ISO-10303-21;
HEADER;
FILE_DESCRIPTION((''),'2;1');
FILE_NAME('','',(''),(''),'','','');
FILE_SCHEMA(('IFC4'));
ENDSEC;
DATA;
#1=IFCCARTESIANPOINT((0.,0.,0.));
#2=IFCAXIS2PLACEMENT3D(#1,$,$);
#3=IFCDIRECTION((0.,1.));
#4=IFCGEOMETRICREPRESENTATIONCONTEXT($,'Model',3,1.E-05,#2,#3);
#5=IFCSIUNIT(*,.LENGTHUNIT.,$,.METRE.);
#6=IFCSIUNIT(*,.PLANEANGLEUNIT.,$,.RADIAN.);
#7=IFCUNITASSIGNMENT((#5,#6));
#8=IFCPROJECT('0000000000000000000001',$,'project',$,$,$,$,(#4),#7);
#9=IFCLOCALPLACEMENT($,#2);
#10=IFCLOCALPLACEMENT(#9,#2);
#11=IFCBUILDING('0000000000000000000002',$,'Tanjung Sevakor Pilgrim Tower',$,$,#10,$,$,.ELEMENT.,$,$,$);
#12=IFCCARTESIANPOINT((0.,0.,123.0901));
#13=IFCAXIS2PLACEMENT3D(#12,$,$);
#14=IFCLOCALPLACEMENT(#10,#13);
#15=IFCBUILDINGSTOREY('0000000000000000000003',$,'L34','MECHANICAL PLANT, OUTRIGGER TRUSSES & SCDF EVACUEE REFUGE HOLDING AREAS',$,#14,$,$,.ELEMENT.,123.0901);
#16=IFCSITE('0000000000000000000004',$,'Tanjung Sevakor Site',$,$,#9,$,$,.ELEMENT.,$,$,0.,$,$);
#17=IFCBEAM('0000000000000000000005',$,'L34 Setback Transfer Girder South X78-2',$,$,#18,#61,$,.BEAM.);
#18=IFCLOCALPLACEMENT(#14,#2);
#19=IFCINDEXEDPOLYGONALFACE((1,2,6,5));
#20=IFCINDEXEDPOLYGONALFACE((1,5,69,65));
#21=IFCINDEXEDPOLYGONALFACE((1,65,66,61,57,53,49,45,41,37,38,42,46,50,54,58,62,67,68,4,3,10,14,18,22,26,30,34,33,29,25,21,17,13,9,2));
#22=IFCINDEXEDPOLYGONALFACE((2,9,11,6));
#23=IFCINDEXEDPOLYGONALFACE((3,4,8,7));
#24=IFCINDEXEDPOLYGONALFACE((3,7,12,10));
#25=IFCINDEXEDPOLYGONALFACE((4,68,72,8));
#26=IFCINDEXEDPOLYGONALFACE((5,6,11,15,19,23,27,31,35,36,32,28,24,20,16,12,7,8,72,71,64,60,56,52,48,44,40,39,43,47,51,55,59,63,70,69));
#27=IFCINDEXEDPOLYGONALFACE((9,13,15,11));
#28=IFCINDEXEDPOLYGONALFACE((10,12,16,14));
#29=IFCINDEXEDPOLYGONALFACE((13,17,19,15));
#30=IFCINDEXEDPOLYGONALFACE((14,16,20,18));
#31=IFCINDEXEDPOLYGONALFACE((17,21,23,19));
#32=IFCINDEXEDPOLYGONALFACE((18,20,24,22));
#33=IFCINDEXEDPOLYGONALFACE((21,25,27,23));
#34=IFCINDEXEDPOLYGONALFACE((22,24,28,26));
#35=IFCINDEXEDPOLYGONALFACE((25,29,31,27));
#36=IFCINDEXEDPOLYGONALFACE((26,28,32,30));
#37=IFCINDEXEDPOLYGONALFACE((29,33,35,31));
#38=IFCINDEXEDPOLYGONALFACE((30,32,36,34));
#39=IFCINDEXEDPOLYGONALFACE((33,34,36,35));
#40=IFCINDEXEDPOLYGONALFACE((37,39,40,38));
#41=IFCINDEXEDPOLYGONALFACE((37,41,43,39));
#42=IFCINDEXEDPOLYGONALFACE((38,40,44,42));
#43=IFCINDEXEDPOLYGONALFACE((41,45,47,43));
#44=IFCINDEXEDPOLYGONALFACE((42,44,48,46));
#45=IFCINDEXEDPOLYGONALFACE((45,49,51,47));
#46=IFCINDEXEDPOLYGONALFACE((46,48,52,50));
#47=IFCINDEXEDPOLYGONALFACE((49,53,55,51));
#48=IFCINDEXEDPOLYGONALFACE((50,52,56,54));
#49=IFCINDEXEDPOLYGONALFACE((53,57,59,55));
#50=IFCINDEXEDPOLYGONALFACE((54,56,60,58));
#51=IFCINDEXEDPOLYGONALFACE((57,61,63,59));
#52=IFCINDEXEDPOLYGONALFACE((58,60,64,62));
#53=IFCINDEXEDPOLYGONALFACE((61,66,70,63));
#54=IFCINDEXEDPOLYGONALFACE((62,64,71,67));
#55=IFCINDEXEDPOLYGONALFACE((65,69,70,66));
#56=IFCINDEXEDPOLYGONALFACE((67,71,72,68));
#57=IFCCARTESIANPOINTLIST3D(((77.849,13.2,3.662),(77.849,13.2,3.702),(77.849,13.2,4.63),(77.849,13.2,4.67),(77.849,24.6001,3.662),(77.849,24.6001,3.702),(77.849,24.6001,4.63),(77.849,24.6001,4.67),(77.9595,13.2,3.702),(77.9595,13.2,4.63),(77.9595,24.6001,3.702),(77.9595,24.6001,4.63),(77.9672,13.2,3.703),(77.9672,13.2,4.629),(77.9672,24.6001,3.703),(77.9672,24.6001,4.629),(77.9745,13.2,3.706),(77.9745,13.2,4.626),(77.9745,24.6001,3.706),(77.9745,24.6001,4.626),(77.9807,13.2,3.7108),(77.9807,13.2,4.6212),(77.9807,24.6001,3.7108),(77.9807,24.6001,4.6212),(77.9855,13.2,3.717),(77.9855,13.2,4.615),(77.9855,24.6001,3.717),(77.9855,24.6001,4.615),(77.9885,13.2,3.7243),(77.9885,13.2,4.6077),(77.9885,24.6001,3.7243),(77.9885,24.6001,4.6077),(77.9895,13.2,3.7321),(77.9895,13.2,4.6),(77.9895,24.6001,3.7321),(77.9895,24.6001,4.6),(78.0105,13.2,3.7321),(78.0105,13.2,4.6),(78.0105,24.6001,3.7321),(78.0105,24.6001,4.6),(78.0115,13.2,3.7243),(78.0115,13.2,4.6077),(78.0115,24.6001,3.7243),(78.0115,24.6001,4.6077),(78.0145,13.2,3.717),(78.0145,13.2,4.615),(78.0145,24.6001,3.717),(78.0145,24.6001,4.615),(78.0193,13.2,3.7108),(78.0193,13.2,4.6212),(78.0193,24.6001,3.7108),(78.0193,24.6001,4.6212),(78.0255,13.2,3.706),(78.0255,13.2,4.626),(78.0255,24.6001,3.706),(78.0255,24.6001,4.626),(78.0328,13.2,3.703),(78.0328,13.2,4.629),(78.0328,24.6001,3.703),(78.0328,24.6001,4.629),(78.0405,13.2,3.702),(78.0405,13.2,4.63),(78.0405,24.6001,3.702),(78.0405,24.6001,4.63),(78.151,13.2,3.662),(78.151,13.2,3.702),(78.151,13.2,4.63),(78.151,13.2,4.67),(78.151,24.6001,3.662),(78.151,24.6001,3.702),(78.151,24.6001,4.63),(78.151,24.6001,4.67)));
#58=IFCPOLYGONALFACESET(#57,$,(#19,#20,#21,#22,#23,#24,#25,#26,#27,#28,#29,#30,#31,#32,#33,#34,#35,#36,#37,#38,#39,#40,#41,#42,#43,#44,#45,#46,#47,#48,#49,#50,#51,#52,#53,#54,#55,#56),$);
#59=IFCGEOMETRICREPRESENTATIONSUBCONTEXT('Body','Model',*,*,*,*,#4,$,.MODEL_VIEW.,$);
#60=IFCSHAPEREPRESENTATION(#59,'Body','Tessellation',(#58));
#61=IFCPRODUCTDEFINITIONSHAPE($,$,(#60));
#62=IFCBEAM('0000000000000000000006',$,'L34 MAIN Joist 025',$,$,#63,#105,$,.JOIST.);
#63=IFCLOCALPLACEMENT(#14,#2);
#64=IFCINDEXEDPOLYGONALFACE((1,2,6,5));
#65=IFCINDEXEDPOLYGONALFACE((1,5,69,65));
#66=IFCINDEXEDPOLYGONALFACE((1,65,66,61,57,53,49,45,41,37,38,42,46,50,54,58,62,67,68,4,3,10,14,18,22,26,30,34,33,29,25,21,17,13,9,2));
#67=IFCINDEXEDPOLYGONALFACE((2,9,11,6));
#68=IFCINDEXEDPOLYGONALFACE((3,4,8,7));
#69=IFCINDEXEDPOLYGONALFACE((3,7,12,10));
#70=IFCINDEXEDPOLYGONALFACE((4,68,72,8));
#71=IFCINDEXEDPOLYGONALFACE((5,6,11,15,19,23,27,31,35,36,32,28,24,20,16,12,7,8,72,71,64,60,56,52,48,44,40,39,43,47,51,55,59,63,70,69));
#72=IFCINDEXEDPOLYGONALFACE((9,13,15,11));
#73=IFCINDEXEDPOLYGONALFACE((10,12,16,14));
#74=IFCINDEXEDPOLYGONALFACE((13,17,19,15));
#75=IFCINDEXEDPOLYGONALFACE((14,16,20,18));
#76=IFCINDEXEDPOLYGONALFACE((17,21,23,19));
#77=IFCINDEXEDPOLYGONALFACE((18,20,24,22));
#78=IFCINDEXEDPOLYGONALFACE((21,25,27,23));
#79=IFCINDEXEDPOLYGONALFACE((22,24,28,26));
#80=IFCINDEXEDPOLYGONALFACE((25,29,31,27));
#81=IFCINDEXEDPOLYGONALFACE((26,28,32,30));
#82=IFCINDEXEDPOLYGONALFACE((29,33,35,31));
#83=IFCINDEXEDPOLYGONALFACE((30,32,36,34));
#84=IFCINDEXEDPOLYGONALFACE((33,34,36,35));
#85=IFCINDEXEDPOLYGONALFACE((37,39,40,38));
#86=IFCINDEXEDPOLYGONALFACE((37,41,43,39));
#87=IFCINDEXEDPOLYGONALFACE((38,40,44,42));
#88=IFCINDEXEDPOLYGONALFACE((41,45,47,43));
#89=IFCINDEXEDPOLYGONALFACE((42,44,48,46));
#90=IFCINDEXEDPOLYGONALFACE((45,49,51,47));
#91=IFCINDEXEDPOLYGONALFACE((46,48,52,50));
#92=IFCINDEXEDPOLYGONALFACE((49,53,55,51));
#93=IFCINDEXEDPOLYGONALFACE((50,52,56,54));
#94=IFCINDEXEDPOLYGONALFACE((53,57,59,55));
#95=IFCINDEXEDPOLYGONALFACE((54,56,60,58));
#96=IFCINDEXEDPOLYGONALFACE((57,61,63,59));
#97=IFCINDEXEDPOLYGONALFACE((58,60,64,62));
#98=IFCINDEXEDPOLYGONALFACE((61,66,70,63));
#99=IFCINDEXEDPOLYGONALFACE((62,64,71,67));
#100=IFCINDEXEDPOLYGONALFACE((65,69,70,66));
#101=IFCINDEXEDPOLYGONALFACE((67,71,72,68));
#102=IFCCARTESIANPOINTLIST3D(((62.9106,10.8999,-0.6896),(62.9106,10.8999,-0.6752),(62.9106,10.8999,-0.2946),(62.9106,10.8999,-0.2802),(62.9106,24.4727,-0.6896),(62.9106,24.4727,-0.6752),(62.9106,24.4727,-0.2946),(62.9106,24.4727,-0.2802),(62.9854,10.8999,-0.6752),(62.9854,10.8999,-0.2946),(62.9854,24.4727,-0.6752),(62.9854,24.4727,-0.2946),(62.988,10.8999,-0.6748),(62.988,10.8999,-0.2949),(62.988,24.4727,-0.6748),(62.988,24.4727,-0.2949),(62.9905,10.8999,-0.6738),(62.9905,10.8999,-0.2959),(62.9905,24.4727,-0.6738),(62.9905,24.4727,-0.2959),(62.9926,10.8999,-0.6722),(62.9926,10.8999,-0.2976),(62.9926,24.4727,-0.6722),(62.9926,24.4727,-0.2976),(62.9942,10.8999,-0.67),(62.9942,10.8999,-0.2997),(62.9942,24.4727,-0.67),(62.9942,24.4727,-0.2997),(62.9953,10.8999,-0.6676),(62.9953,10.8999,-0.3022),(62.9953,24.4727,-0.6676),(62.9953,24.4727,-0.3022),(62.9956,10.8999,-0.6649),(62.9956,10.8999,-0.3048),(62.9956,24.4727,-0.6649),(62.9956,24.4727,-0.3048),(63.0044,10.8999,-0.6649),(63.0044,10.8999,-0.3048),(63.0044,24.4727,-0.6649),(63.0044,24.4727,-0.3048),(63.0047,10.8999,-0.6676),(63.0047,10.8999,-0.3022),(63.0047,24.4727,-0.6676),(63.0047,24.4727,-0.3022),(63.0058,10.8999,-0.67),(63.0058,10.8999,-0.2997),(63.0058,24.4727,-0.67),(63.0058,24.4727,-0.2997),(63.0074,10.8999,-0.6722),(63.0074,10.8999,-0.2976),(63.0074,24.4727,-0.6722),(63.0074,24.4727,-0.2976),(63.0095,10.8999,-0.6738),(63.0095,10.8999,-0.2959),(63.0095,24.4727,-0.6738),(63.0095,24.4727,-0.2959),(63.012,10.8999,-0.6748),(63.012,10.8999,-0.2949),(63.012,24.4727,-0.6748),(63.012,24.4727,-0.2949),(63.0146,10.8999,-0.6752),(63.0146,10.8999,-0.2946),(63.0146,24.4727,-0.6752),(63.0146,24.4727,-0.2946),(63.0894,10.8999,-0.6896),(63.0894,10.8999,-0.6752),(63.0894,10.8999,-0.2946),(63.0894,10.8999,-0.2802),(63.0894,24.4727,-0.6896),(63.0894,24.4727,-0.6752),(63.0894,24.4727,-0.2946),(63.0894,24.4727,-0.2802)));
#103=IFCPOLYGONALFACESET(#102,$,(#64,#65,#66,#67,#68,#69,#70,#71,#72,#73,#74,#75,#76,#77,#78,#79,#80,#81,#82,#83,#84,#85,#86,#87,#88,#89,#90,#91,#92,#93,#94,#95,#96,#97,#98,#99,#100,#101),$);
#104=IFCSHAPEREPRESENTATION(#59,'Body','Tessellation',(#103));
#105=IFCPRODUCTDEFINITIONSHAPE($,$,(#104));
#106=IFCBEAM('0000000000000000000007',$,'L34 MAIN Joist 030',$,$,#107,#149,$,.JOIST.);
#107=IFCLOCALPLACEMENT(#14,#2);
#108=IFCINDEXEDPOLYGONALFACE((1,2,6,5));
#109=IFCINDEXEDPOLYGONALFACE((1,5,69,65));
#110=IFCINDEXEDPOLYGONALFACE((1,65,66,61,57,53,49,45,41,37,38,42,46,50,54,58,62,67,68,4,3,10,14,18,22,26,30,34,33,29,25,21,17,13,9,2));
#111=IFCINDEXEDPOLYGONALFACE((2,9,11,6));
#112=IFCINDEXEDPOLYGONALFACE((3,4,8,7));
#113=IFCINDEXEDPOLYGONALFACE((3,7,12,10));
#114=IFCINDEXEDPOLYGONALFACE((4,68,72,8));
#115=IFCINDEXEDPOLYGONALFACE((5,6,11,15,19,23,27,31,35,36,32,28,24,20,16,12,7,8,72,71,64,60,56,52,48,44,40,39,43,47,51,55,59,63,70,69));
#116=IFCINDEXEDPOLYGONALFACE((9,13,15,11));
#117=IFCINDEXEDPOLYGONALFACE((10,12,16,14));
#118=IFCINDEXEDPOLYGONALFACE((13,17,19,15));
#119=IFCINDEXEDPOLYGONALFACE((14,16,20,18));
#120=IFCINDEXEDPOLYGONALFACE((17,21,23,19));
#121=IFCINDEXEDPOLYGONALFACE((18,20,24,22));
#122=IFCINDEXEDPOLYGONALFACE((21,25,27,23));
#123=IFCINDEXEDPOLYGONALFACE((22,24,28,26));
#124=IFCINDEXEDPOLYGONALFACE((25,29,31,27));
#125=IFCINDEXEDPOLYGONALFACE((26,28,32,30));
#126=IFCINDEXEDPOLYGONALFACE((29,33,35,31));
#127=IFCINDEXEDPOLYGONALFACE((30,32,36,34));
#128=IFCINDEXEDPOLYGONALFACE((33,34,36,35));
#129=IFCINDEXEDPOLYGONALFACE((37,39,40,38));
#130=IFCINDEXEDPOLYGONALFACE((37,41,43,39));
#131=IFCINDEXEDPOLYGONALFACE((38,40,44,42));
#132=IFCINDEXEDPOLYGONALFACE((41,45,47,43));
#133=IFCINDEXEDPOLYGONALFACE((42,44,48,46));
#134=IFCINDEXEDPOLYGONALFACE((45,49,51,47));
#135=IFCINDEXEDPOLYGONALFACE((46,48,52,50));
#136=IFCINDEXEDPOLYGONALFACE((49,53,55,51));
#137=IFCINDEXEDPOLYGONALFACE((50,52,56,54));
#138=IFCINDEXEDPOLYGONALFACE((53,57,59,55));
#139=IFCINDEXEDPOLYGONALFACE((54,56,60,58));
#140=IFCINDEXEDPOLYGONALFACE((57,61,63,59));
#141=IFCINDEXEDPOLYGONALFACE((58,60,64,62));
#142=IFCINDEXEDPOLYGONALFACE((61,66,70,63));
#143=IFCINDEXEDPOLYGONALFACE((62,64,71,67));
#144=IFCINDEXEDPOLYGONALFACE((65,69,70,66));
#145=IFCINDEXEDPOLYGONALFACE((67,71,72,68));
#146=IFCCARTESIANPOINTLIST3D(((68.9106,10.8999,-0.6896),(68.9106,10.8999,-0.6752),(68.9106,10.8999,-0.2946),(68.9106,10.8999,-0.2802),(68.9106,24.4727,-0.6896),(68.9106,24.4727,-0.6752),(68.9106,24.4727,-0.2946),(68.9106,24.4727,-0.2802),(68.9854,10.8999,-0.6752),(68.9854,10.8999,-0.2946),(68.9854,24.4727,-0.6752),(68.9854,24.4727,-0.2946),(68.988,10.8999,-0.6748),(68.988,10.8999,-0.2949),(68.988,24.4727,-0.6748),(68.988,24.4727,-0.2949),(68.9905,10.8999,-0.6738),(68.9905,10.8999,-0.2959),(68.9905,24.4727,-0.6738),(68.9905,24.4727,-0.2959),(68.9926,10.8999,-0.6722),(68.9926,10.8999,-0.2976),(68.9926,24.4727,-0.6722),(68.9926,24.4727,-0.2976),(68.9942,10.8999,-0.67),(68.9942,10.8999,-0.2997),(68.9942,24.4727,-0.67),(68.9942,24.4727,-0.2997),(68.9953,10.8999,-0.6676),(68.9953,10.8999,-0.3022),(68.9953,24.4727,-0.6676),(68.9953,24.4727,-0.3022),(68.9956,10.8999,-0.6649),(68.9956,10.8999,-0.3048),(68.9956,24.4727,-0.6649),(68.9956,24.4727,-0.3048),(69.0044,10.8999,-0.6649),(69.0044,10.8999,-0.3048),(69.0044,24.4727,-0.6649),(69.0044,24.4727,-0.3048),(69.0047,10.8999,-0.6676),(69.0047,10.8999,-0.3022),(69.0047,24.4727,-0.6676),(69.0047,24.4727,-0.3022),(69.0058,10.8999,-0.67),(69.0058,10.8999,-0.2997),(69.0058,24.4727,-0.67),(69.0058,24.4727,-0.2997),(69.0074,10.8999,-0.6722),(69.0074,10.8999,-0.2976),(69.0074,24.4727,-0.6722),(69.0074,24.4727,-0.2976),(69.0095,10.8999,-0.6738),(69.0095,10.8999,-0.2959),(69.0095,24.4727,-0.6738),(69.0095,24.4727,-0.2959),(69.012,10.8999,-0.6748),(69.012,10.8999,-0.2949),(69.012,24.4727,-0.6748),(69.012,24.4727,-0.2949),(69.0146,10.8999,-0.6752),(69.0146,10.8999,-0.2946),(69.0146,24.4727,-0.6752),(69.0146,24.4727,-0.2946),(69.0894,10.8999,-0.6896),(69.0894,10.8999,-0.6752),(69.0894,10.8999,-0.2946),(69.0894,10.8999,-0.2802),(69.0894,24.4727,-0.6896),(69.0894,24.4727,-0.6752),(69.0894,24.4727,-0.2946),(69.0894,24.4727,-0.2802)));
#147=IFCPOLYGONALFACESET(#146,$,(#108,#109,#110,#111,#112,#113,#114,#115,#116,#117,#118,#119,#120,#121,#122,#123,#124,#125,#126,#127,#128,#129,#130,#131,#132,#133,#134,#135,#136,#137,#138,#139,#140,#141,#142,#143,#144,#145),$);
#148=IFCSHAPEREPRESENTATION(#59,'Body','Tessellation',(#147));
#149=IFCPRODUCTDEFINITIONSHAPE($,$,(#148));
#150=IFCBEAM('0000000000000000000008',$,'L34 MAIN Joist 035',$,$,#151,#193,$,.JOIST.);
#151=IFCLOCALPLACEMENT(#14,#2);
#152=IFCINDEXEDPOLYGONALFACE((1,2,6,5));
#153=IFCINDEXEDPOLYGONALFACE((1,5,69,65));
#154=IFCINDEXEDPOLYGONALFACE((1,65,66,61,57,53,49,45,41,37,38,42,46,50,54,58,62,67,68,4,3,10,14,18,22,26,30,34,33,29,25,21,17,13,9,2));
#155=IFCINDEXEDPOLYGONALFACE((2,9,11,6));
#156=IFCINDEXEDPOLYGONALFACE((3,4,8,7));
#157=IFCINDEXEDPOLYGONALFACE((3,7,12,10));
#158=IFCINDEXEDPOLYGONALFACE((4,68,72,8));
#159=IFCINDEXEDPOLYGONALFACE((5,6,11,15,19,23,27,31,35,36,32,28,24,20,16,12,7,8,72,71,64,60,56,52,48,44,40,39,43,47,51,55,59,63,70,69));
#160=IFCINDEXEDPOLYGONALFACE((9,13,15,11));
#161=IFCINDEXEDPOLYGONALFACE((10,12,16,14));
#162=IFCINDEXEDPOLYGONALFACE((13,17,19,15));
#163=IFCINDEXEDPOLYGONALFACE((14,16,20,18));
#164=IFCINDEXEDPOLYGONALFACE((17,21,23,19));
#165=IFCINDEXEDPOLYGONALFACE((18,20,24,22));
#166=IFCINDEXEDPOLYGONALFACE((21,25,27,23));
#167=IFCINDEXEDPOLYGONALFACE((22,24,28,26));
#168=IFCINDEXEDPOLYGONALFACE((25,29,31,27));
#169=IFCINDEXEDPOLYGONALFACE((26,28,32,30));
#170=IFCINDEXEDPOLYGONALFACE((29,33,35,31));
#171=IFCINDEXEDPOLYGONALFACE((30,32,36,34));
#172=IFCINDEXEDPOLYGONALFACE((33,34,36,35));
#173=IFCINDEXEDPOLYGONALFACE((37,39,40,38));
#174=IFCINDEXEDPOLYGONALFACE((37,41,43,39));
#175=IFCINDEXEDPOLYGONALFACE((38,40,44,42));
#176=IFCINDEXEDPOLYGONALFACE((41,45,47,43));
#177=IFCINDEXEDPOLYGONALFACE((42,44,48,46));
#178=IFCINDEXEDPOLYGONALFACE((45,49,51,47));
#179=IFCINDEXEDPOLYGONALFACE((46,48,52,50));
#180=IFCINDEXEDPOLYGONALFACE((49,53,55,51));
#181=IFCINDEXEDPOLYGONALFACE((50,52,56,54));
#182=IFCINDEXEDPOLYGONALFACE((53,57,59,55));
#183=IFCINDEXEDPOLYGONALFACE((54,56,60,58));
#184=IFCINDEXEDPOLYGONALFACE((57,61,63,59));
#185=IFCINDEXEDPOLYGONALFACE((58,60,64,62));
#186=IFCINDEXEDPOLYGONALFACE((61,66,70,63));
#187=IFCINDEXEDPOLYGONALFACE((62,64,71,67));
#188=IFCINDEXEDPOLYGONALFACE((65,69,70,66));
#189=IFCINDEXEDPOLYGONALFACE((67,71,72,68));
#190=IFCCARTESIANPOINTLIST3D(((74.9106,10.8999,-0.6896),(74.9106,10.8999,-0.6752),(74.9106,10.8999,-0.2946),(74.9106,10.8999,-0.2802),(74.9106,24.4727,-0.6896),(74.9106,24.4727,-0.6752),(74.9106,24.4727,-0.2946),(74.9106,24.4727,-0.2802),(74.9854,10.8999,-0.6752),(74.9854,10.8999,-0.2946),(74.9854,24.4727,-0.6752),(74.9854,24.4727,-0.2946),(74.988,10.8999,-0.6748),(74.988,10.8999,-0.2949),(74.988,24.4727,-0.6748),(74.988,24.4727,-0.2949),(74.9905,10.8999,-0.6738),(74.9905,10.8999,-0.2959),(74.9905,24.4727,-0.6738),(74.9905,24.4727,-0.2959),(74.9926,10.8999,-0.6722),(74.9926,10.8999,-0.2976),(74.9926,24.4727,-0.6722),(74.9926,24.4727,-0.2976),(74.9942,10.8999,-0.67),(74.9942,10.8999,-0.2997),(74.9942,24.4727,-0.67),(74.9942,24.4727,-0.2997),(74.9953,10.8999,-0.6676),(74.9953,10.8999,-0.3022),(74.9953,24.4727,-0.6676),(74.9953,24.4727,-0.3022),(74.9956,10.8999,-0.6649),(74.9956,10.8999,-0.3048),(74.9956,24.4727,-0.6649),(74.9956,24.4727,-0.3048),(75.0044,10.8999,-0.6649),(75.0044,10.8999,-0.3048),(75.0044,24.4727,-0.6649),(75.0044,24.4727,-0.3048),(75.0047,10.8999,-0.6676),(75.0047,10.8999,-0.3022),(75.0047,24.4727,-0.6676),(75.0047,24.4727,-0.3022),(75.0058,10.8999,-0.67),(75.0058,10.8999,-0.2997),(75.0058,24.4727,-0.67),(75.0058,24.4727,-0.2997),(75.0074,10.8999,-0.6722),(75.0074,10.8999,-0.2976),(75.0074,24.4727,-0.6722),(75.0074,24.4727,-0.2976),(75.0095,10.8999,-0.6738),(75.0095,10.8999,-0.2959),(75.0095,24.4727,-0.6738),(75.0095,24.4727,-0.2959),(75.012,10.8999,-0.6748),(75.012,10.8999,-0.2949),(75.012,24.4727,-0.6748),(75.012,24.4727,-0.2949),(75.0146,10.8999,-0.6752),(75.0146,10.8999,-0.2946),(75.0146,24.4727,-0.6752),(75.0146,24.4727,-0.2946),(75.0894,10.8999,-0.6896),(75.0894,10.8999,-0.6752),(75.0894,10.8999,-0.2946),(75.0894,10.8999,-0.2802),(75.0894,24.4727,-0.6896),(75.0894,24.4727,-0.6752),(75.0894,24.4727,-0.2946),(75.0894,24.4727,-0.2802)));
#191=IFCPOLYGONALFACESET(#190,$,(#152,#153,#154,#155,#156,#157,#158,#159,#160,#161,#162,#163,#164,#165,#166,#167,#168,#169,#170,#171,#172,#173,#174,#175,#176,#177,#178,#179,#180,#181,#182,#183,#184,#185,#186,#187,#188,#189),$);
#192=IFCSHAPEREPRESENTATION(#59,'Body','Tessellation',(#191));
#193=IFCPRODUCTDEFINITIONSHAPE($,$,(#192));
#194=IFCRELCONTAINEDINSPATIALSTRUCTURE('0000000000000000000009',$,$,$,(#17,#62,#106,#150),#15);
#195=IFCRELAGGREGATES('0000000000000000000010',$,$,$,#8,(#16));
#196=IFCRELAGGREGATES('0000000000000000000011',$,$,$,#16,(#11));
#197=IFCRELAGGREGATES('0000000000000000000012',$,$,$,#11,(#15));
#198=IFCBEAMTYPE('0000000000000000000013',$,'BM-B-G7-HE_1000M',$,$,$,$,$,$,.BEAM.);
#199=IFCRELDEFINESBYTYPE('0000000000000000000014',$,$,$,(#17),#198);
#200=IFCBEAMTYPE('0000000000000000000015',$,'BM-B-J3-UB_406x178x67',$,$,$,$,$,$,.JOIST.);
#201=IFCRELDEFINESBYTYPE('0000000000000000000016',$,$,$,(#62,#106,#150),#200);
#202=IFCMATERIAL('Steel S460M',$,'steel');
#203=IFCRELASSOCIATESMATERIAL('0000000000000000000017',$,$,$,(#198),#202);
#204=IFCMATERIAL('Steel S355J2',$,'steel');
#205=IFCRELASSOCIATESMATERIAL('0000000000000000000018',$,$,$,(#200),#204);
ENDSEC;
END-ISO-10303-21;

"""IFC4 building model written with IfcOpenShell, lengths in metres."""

from ifc_helpers import new_model, si_unit, direction, frame, origin, origin_2d, place, context, subcontext, project, spatial, i_section, extrude, material, material_profile, profile_set, type_object, element, save


model = new_model("IFC4")

# Units and contexts
model_context = context("Model", 3, precision=1e-05, world=origin(), true_north=direction((0.0, 1.0)))
body_context = subcontext(model_context, "Body", "Model", "MODEL_VIEW")
ifc_project = project(units=[si_unit("LENGTHUNIT", "METRE"), si_unit("PLANEANGLEUNIT", "RADIAN")], contexts=[model_context])

# Site, building, storey
site_placement = place(None, origin())
site = spatial("IfcSite", under=ifc_project, at=site_placement, Name="Tanjung Sevakor Site", CompositionType="ELEMENT", RefElevation=0.0)
building_placement = place(site_placement, origin())
building = spatial("IfcBuilding", under=site, at=building_placement, Name="Tanjung Sevakor Pilgrim Tower", CompositionType="ELEMENT")
storey_placement = place(building_placement, frame((0.0, 0.0, 123.0901)))
storey = spatial("IfcBuildingStorey", under=building, at=storey_placement, Name="L34", Description="MECHANICAL PLANT, OUTRIGGER TRUSSES & SCDF EVACUEE REFUGE HOLDING AREAS", CompositionType="ELEMENT", Elevation=123.0901)

# Beams
ifc_material_1 = material(Name="Steel S460M", Category="steel")
ifc_material_profile_1 = material_profile(ifc_material_1, i_section(OverallWidth=0.302, OverallDepth=1.0081, WebThickness=0.021, FlangeThickness=0.04, FilletRadius=0.03, at=origin_2d()))
ifc_profile_set_1 = profile_set([ifc_material_profile_1], Name="Steel S460M")
beam_type_1 = type_object("IfcBeamType", Name="BM-B-G7-HE_1000M", PredefinedType="BEAM", material=ifc_profile_set_1)
beam_1_placement = place(storey_placement, frame((78.0, 13.2, 4.166), z_axis=(0.0, 1.0, 0.0), x_axis=(-1.0, 0.0, 0.0)))
element("IfcBeam", 1, at=beam_1_placement, inside=storey, type_object=beam_type_1, Name="L34 Setback Transfer Girder South X78-2", PredefinedType="BEAM", context=body_context, shape_type="SweptSolid", body=[
    extrude(i_section(OverallWidth=0.302, OverallDepth=1.0081, WebThickness=0.021, FlangeThickness=0.04, FilletRadius=0.03, at=origin_2d()), origin(), (0.0, 0.0, 1.0), 11.4001),
])
ifc_material_2 = material(Name="Steel S355J2", Category="steel")
ifc_material_profile_2 = material_profile(ifc_material_2, i_section(OverallWidth=0.1787, OverallDepth=0.4094, WebThickness=0.0088, FlangeThickness=0.0144, FilletRadius=0.0103, at=origin_2d()))
ifc_profile_set_2 = profile_set([ifc_material_profile_2], Name="Steel S355J2")
beam_type_2 = type_object("IfcBeamType", Name="BM-B-J3-UB_406x178x67", PredefinedType="JOIST", material=ifc_profile_set_2)
for number, where, z_axis, x_axis, name in (
    (2, (63.0, 10.8999, -0.4849), (0.0, 1.0, 0.0), (-1.0, 0.0, 0.0), "L34 MAIN Joist 025"),
    (3, (69.0, 10.8999, -0.4849), (0.0, 1.0, 0.0), (-1.0, 0.0, 0.0), "L34 MAIN Joist 030"),
    (4, (75.0, 10.8999, -0.4849), (0.0, 1.0, 0.0), (-1.0, 0.0, 0.0), "L34 MAIN Joist 035"),
):
    element("IfcBeam", number, at=place(storey_placement, frame(where, z_axis=z_axis, x_axis=x_axis)), inside=storey, type_object=beam_type_2, Name=name, PredefinedType="JOIST", context=body_context, shape_type="SweptSolid", body=[
        extrude(i_section(OverallWidth=0.1787, OverallDepth=0.4094, WebThickness=0.0088, FlangeThickness=0.0144, FilletRadius=0.0103, at=origin_2d()), origin(), (0.0, 0.0, 1.0), 13.5728),
    ])

save(model, "model.ifc")
